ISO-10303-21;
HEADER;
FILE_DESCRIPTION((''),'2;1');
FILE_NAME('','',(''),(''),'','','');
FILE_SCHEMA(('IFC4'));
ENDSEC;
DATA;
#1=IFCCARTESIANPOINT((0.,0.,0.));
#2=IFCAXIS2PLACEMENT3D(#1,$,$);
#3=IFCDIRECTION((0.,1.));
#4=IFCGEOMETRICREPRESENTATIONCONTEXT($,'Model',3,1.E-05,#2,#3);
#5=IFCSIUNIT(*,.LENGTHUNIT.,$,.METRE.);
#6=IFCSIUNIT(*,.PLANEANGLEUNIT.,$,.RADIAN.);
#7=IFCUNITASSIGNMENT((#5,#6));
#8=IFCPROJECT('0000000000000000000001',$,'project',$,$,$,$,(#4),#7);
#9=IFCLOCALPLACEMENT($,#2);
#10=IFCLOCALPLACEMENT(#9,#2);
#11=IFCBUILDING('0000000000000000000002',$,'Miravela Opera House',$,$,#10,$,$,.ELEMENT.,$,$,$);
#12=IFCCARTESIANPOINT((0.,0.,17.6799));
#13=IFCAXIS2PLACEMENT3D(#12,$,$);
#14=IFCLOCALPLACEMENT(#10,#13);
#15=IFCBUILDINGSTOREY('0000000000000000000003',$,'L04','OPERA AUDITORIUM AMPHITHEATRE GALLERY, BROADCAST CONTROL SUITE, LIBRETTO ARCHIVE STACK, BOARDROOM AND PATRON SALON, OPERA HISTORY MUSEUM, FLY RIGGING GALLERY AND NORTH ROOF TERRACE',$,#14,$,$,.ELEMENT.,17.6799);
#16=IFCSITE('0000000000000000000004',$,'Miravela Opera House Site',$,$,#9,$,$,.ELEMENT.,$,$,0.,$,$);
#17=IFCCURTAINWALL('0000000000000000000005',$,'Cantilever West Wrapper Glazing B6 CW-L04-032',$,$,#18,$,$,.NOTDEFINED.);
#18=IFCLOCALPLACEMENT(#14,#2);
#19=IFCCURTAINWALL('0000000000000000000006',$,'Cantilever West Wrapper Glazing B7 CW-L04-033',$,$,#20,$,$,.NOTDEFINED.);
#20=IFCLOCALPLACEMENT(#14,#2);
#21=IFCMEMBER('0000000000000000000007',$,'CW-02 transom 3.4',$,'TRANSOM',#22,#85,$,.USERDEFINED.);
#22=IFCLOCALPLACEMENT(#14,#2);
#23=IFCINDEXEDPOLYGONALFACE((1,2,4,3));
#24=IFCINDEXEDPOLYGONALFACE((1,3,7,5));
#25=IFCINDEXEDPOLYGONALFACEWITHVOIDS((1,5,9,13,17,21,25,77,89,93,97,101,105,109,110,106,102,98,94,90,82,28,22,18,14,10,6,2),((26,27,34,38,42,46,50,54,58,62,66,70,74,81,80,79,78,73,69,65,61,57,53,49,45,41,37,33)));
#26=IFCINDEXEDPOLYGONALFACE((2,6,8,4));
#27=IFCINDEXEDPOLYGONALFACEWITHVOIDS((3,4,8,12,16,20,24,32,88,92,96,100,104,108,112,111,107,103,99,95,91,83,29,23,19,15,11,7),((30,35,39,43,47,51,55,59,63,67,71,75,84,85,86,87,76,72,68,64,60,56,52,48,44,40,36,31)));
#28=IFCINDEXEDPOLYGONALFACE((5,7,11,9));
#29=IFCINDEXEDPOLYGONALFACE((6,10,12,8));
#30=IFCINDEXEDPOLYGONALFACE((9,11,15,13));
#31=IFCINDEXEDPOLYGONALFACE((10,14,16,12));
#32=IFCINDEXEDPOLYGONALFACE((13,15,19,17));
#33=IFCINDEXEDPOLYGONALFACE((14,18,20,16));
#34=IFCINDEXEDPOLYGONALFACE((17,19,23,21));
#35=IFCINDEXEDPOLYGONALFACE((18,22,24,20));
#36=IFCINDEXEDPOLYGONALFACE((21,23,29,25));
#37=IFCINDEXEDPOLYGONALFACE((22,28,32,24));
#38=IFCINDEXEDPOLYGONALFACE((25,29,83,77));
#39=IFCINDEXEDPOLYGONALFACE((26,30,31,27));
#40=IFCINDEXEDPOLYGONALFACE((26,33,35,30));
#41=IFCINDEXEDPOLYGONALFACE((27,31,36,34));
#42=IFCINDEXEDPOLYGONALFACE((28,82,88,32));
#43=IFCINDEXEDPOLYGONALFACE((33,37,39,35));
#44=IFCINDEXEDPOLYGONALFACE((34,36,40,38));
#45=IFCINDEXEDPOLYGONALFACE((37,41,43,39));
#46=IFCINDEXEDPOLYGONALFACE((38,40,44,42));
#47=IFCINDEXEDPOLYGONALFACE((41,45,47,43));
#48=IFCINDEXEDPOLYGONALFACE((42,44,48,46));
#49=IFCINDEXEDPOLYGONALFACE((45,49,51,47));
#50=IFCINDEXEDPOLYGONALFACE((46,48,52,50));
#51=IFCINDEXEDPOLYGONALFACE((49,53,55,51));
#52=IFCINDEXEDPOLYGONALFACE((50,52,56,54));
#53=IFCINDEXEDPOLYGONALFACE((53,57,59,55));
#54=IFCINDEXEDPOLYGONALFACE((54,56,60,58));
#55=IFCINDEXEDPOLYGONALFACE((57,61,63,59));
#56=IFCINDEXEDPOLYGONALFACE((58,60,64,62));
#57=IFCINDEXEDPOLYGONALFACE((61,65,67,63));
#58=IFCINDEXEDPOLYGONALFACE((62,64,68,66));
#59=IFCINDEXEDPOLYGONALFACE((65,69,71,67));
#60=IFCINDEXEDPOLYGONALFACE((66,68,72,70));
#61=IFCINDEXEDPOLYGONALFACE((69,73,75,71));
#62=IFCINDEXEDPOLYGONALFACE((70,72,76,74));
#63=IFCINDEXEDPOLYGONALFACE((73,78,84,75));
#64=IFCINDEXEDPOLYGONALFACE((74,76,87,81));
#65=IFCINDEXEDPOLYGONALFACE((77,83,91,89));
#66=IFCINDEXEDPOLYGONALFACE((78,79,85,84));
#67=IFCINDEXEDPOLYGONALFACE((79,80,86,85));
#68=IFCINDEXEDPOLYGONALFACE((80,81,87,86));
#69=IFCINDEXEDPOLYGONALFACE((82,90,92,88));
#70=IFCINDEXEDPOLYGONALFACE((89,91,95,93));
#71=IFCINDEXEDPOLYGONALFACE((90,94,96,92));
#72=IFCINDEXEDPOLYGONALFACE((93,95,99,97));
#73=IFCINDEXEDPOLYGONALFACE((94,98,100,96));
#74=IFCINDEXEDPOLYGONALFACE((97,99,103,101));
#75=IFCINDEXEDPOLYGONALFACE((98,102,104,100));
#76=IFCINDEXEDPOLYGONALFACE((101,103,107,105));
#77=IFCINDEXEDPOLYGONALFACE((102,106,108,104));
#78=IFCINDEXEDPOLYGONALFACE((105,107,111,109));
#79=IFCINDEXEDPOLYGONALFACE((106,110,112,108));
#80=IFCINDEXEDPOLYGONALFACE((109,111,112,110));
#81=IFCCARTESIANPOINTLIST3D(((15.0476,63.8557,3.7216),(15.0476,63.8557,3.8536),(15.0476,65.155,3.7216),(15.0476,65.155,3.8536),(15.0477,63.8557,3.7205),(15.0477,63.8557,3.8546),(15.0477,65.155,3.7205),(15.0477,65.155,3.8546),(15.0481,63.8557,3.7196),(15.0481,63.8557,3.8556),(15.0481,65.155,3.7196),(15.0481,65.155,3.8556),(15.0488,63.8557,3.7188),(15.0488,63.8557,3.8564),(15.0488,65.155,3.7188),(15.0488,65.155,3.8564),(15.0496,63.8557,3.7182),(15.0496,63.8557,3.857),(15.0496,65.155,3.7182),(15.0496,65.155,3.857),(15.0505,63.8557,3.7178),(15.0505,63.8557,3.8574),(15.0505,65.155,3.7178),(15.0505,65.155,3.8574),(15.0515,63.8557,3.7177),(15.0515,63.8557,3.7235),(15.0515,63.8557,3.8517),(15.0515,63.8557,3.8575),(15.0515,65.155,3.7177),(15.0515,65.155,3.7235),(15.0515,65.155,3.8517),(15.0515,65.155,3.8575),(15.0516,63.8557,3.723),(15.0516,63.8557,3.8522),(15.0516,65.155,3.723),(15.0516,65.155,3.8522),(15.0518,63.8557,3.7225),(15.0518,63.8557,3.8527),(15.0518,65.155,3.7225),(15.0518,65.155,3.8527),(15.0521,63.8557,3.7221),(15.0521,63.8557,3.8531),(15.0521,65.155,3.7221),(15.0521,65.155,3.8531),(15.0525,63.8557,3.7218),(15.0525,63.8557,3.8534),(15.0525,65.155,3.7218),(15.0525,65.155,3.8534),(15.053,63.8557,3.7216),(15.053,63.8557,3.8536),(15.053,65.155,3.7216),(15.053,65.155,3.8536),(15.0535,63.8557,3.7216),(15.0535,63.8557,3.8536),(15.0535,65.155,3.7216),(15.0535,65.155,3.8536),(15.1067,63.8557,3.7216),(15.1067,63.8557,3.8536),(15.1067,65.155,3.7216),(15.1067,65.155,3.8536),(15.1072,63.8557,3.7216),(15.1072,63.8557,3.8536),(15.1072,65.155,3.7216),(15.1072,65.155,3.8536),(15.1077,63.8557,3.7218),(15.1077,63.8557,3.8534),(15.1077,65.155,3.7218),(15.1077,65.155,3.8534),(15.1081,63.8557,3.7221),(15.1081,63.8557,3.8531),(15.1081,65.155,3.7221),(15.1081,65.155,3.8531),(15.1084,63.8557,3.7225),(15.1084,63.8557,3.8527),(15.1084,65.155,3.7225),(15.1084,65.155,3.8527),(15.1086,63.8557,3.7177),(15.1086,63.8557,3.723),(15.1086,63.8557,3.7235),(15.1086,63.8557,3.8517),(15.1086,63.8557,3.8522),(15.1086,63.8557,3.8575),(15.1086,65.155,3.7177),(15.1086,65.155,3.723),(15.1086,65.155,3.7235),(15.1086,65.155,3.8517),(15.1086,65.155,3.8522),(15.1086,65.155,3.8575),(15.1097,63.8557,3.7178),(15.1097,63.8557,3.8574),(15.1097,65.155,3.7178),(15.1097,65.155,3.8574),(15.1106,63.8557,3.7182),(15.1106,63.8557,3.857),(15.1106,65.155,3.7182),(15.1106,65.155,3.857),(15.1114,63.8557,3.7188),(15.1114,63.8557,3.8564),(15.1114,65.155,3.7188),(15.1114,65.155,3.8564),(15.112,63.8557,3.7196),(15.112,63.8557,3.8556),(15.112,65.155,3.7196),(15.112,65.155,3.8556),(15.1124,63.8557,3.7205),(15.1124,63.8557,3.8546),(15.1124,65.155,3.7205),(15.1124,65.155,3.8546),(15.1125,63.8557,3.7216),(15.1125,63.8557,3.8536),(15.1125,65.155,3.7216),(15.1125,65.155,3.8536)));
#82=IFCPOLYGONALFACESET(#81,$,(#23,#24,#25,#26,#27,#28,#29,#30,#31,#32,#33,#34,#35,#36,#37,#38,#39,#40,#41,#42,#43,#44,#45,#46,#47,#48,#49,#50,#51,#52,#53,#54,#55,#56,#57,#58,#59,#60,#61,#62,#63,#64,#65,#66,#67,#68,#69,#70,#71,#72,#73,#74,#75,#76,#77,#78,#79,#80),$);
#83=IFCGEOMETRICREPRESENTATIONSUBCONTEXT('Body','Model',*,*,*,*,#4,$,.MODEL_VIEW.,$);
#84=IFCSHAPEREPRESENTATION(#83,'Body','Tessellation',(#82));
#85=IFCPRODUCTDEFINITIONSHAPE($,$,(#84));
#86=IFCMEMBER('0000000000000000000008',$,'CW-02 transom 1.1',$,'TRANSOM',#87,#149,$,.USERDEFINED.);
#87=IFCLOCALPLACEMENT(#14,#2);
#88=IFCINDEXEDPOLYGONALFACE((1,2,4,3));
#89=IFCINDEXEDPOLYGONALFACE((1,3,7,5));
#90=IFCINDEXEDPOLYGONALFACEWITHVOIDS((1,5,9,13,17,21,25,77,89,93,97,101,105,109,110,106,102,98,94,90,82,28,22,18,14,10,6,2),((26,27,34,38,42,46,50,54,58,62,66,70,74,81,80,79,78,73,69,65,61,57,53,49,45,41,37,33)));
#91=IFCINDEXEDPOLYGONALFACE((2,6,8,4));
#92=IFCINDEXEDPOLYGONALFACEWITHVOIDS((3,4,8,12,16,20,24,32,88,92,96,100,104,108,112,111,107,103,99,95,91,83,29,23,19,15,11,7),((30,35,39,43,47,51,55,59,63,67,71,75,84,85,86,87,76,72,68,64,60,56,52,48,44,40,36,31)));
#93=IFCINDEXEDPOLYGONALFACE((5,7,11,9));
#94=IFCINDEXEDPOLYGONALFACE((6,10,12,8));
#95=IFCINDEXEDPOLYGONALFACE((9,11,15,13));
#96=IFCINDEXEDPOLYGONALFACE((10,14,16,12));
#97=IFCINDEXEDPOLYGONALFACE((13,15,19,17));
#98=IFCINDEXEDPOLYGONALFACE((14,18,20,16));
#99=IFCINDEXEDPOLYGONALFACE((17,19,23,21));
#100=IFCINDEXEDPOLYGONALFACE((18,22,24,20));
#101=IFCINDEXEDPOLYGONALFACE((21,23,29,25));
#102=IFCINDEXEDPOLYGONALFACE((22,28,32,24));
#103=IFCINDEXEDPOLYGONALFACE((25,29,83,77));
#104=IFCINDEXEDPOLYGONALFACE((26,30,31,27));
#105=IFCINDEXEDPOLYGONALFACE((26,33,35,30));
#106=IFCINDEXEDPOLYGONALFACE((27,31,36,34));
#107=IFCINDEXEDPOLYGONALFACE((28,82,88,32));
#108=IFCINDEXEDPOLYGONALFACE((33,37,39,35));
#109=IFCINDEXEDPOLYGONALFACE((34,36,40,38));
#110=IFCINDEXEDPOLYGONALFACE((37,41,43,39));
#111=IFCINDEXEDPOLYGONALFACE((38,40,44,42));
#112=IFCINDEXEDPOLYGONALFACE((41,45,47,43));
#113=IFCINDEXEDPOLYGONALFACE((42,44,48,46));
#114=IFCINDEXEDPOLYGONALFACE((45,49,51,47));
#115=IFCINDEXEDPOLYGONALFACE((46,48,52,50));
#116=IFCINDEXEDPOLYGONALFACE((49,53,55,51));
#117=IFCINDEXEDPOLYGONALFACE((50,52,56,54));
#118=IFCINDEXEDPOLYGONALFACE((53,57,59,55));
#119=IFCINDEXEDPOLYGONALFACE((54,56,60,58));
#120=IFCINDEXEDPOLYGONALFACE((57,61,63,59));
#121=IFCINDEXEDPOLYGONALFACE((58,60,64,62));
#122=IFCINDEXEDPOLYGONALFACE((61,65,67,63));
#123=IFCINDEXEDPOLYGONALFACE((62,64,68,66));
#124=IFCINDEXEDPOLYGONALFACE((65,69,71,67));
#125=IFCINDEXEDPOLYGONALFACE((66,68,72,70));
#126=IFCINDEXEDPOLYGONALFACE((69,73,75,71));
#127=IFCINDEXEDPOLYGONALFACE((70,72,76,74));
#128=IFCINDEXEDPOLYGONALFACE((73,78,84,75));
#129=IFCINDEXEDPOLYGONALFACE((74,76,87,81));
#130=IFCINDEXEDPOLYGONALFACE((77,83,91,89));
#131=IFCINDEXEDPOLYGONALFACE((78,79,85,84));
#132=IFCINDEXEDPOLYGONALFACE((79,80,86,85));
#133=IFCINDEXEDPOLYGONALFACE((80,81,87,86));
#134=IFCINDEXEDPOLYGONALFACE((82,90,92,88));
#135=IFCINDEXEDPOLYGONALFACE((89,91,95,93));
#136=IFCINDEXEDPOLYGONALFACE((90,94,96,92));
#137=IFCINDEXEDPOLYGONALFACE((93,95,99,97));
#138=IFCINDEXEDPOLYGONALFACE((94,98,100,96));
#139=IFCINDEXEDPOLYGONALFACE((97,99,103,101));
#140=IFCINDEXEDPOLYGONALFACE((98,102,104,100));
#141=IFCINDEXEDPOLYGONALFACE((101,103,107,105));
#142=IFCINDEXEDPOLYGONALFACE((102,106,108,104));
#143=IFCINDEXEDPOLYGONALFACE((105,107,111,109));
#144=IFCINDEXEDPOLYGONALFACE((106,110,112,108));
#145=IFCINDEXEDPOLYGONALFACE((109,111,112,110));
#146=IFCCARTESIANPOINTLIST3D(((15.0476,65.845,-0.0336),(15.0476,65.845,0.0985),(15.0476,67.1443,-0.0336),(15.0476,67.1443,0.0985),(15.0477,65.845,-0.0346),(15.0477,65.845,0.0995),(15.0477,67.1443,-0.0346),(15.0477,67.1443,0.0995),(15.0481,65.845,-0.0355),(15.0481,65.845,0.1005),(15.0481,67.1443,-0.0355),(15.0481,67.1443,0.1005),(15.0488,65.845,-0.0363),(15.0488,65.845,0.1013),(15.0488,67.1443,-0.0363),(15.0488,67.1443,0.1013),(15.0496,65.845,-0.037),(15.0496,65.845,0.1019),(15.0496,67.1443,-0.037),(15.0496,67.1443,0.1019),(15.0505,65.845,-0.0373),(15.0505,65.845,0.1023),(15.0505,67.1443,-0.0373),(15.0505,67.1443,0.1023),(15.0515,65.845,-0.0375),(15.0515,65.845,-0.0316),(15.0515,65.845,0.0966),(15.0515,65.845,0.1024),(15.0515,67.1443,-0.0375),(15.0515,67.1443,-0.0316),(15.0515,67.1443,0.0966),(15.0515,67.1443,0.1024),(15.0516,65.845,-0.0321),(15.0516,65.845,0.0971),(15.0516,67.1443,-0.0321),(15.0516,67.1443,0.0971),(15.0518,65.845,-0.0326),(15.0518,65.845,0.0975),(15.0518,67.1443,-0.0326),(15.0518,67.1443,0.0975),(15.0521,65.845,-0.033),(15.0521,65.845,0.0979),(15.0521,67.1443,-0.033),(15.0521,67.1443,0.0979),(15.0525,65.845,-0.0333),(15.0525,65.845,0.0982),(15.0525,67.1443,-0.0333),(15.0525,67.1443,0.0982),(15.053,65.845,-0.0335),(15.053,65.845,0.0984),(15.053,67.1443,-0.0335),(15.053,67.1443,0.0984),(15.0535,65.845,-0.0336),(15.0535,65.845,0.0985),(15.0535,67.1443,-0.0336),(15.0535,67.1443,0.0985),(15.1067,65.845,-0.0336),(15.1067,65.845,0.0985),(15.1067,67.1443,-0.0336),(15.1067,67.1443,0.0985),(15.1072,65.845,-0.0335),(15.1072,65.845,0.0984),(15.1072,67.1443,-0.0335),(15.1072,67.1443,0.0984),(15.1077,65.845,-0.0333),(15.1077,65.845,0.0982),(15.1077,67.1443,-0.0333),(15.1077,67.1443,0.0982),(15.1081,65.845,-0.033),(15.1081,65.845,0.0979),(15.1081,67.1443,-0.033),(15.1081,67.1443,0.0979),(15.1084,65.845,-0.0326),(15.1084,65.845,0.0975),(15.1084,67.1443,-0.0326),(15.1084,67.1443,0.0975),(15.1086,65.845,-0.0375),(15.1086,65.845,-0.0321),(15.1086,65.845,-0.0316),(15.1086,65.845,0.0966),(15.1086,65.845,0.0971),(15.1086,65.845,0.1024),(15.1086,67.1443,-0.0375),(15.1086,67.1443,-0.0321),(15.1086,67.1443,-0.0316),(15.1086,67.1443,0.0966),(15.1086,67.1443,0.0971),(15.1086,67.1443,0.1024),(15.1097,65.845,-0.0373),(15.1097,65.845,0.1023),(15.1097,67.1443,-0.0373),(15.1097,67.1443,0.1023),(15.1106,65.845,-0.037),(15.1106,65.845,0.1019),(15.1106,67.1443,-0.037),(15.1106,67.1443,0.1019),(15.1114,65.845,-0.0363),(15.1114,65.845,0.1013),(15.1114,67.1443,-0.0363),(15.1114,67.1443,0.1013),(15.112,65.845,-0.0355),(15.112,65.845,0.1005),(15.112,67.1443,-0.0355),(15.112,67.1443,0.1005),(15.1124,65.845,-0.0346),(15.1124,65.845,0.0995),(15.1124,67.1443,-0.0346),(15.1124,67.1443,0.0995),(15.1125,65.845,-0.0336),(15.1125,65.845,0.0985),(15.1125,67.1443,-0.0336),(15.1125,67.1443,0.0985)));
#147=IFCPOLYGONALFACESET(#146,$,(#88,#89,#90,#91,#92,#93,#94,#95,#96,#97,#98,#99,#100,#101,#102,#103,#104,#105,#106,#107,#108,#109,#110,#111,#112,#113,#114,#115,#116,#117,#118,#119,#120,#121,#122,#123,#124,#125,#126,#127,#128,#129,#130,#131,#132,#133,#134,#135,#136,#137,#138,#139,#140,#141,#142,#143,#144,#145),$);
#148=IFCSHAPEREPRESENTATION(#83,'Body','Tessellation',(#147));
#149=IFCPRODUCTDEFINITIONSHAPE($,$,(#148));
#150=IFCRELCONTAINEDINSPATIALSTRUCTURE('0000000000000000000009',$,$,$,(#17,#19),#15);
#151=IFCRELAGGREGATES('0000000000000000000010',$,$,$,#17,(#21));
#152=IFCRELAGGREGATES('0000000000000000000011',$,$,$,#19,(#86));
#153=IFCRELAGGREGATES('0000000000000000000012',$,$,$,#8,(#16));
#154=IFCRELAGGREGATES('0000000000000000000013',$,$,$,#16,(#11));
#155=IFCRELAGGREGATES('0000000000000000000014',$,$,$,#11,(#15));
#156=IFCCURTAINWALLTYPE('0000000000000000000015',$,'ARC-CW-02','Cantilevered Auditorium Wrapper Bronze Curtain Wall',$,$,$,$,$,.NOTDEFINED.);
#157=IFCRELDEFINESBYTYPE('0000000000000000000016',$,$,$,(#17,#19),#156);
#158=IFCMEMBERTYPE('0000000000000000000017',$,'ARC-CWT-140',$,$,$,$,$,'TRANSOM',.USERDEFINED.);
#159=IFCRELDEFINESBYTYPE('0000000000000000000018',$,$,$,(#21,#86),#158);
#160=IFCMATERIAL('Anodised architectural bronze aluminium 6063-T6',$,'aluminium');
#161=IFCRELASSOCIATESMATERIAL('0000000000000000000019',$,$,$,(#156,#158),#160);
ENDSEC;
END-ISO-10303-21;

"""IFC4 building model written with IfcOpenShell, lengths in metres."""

from ifc_helpers import new_model, si_unit, direction, frame, origin, origin_2d, place, context, subcontext, project, spatial, hollow_rectangle, extrude, material, material_profile, profile_set, type_object, element, aggregate, save


model = new_model("IFC4")

# Units and contexts
model_context = context("Model", 3, precision=1e-05, world=origin(), true_north=direction((0.0, 1.0)))
body_context = subcontext(model_context, "Body", "Model", "MODEL_VIEW")
ifc_project = project(units=[si_unit("LENGTHUNIT", "METRE"), si_unit("PLANEANGLEUNIT", "RADIAN")], contexts=[model_context])

# Site, building, storey
site_placement = place(None, origin())
site = spatial("IfcSite", under=ifc_project, at=site_placement, Name="Miravela Opera House Site", CompositionType="ELEMENT", RefElevation=0.0)
building_placement = place(site_placement, origin())
building = spatial("IfcBuilding", under=site, at=building_placement, Name="Miravela Opera House", CompositionType="ELEMENT")
storey_placement = place(building_placement, frame((0.0, 0.0, 17.6799)))
storey = spatial("IfcBuildingStorey", under=building, at=storey_placement, Name="L04", Description="OPERA AUDITORIUM AMPHITHEATRE GALLERY, BROADCAST CONTROL SUITE, LIBRETTO ARCHIVE STACK, BOARDROOM AND PATRON SALON, OPERA HISTORY MUSEUM, FLY RIGGING GALLERY AND NORTH ROOF TERRACE", CompositionType="ELEMENT", Elevation=17.6799)

# Curtain wall
ifc_material_1 = material(Name="Anodised architectural bronze aluminium 6063-T6", Category="aluminium")
curtain_wall_type = type_object("IfcCurtainWallType", Name="ARC-CW-02", Description="Cantilevered Auditorium Wrapper Bronze Curtain Wall", PredefinedType="NOTDEFINED", material=ifc_material_1)
curtain_wall_1_placement = place(storey_placement, origin())
curtain_wall_1 = element("IfcCurtainWall", 1, at=curtain_wall_1_placement, inside=storey, type_object=curtain_wall_type, Name="Cantilever West Wrapper Glazing B6 CW-L04-032", PredefinedType="NOTDEFINED")

# Curtain wall
curtain_wall_2_placement = place(storey_placement, origin())
curtain_wall_2 = element("IfcCurtainWall", 2, at=curtain_wall_2_placement, inside=storey, type_object=curtain_wall_type, Name="Cantilever West Wrapper Glazing B7 CW-L04-033", PredefinedType="NOTDEFINED")

# Members
ifc_material_profile_1 = material_profile(ifc_material_1, hollow_rectangle(XDim=0.0649, YDim=0.1399, WallThickness=0.0039, InnerFilletRadius=0.002, OuterFilletRadius=0.0039, at=origin_2d()), Name="CWT-65X140")
ifc_profile_set_1 = profile_set([ifc_material_profile_1])
member_type_1 = type_object("IfcMemberType", Name="ARC-CWT-140", ElementType="TRANSOM", PredefinedType="USERDEFINED", material=ifc_profile_set_1)
member_1_placement = place(storey_placement, frame((15.0801, 63.8557, 3.7876), z_axis=(0.0, 1.0, 0.0), x_axis=(-1.0, 0.0, 0.0)))
member_1 = element("IfcMember", 3, at=member_1_placement, type_object=member_type_1, Name="CW-02 transom 3.4", ObjectType="TRANSOM", PredefinedType="USERDEFINED", context=body_context, shape_type="SweptSolid", body=[
    extrude(hollow_rectangle(XDim=0.0649, YDim=0.1399, WallThickness=0.0039, InnerFilletRadius=0.002, OuterFilletRadius=0.0039, at=origin_2d()), origin(), (0.0, 0.0, 1.0), 1.2993),
])
member_2_placement = place(storey_placement, frame((15.0801, 65.845, 0.0325), z_axis=(0.0, 1.0, 0.0), x_axis=(-1.0, 0.0, 0.0)))
member_2 = element("IfcMember", 4, at=member_2_placement, type_object=member_type_1, Name="CW-02 transom 1.1", ObjectType="TRANSOM", PredefinedType="USERDEFINED", context=body_context, shape_type="SweptSolid", body=[
    extrude(hollow_rectangle(XDim=0.0649, YDim=0.1399, WallThickness=0.0039, InnerFilletRadius=0.002, OuterFilletRadius=0.0039, at=origin_2d()), origin(), (0.0, 0.0, 1.0), 1.2993),
])

aggregate(curtain_wall_1, [member_1])
aggregate(curtain_wall_2, [member_2])

save(model, "model.ifc")
